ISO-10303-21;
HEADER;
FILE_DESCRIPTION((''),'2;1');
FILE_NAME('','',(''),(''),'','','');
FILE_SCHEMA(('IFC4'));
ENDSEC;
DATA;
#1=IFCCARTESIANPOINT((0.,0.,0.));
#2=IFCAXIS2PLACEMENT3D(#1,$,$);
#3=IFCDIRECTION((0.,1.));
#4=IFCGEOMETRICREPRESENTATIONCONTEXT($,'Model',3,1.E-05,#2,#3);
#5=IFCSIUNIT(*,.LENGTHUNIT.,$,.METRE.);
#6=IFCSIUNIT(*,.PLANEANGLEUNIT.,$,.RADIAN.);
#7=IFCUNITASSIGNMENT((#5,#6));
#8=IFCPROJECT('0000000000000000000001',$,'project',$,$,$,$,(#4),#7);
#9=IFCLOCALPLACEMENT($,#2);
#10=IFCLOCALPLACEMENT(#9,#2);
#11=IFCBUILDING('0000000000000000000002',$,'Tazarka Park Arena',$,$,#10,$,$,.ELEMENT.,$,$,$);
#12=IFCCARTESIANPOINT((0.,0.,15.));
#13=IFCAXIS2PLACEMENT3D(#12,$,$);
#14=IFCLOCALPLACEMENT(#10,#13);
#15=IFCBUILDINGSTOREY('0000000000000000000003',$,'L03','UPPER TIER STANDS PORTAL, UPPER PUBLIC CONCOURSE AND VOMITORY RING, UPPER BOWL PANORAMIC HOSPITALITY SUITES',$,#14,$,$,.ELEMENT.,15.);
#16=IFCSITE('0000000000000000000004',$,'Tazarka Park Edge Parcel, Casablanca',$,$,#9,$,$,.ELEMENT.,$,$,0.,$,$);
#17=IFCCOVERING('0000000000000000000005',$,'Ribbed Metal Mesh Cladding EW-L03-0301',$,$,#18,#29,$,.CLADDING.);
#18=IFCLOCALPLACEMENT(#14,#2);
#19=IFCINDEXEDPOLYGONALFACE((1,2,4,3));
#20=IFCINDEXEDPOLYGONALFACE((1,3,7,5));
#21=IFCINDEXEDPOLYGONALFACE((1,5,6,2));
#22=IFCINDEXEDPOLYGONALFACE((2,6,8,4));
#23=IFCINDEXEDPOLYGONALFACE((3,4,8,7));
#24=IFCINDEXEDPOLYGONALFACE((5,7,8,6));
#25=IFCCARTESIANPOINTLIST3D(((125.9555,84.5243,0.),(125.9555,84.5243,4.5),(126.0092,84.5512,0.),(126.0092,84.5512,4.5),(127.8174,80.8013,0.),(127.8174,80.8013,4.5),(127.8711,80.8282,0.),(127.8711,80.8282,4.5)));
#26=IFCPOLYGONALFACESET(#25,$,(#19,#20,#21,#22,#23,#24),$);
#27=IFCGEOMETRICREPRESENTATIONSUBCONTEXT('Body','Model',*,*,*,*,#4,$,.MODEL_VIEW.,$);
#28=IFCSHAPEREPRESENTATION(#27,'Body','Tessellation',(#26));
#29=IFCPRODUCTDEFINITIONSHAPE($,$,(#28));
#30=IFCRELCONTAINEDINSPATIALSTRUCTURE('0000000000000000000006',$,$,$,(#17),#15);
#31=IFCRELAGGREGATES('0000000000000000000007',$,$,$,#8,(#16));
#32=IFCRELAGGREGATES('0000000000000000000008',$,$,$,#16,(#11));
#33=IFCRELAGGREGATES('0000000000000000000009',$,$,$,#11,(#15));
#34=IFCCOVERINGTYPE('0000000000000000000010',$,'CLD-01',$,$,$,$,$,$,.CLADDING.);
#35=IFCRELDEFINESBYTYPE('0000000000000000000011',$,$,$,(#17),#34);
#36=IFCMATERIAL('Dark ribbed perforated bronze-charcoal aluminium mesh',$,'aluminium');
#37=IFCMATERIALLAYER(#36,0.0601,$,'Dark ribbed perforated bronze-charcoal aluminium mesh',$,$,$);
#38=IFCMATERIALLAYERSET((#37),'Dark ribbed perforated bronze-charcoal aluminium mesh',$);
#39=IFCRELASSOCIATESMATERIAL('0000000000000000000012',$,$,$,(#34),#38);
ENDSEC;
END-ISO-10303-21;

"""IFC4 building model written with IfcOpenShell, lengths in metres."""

from ifc_helpers import new_model, si_unit, direction, frame, origin, origin_2d, place, context, subcontext, project, spatial, rectangle, extrude, material, layer, layer_set, type_object, element, save


model = new_model("IFC4")

# Units and contexts
model_context = context("Model", 3, precision=1e-05, world=origin(), true_north=direction((0.0, 1.0)))
body_context = subcontext(model_context, "Body", "Model", "MODEL_VIEW")
ifc_project = project(units=[si_unit("LENGTHUNIT", "METRE"), si_unit("PLANEANGLEUNIT", "RADIAN")], contexts=[model_context])

# Site, building, storey
site_placement = place(None, origin())
site = spatial("IfcSite", under=ifc_project, at=site_placement, Name="Tazarka Park Edge Parcel, Casablanca", CompositionType="ELEMENT", RefElevation=0.0)
building_placement = place(site_placement, origin())
building = spatial("IfcBuilding", under=site, at=building_placement, Name="Tazarka Park Arena", CompositionType="ELEMENT")
storey_placement = place(building_placement, frame((0.0, 0.0, 15.0)))
storey = spatial("IfcBuildingStorey", under=building, at=storey_placement, Name="L03", Description="UPPER TIER STANDS PORTAL, UPPER PUBLIC CONCOURSE AND VOMITORY RING, UPPER BOWL PANORAMIC HOSPITALITY SUITES", CompositionType="ELEMENT", Elevation=15.0)

# Covering
ifc_material_1 = material(Name="Dark ribbed perforated bronze-charcoal aluminium mesh", Category="aluminium")
ifc_layer_1 = layer(ifc_material_1, 0.0601, Name="Dark ribbed perforated bronze-charcoal aluminium mesh")
ifc_layer_set_1 = layer_set([ifc_layer_1], Name="Dark ribbed perforated bronze-charcoal aluminium mesh")
covering_type = type_object("IfcCoveringType", Name="CLD-01", PredefinedType="CLADDING", material=ifc_layer_set_1)
covering_1_placement = place(storey_placement, frame((126.9133, 82.6763, 0.0), z_axis=(0.0, 0.0, 1.0), x_axis=(0.447291, -0.894389, 0.0)))
element("IfcCovering", 1, at=covering_1_placement, inside=storey, type_object=covering_type, Name="Ribbed Metal Mesh Cladding EW-L03-0301", PredefinedType="CLADDING", context=body_context, shape_type="SweptSolid", body=[
    extrude(rectangle(XDim=4.1626, YDim=0.0601, at=origin_2d()), origin(), (0.0, 0.0, 1.0), 4.5),
])

save(model, "model.ifc")
